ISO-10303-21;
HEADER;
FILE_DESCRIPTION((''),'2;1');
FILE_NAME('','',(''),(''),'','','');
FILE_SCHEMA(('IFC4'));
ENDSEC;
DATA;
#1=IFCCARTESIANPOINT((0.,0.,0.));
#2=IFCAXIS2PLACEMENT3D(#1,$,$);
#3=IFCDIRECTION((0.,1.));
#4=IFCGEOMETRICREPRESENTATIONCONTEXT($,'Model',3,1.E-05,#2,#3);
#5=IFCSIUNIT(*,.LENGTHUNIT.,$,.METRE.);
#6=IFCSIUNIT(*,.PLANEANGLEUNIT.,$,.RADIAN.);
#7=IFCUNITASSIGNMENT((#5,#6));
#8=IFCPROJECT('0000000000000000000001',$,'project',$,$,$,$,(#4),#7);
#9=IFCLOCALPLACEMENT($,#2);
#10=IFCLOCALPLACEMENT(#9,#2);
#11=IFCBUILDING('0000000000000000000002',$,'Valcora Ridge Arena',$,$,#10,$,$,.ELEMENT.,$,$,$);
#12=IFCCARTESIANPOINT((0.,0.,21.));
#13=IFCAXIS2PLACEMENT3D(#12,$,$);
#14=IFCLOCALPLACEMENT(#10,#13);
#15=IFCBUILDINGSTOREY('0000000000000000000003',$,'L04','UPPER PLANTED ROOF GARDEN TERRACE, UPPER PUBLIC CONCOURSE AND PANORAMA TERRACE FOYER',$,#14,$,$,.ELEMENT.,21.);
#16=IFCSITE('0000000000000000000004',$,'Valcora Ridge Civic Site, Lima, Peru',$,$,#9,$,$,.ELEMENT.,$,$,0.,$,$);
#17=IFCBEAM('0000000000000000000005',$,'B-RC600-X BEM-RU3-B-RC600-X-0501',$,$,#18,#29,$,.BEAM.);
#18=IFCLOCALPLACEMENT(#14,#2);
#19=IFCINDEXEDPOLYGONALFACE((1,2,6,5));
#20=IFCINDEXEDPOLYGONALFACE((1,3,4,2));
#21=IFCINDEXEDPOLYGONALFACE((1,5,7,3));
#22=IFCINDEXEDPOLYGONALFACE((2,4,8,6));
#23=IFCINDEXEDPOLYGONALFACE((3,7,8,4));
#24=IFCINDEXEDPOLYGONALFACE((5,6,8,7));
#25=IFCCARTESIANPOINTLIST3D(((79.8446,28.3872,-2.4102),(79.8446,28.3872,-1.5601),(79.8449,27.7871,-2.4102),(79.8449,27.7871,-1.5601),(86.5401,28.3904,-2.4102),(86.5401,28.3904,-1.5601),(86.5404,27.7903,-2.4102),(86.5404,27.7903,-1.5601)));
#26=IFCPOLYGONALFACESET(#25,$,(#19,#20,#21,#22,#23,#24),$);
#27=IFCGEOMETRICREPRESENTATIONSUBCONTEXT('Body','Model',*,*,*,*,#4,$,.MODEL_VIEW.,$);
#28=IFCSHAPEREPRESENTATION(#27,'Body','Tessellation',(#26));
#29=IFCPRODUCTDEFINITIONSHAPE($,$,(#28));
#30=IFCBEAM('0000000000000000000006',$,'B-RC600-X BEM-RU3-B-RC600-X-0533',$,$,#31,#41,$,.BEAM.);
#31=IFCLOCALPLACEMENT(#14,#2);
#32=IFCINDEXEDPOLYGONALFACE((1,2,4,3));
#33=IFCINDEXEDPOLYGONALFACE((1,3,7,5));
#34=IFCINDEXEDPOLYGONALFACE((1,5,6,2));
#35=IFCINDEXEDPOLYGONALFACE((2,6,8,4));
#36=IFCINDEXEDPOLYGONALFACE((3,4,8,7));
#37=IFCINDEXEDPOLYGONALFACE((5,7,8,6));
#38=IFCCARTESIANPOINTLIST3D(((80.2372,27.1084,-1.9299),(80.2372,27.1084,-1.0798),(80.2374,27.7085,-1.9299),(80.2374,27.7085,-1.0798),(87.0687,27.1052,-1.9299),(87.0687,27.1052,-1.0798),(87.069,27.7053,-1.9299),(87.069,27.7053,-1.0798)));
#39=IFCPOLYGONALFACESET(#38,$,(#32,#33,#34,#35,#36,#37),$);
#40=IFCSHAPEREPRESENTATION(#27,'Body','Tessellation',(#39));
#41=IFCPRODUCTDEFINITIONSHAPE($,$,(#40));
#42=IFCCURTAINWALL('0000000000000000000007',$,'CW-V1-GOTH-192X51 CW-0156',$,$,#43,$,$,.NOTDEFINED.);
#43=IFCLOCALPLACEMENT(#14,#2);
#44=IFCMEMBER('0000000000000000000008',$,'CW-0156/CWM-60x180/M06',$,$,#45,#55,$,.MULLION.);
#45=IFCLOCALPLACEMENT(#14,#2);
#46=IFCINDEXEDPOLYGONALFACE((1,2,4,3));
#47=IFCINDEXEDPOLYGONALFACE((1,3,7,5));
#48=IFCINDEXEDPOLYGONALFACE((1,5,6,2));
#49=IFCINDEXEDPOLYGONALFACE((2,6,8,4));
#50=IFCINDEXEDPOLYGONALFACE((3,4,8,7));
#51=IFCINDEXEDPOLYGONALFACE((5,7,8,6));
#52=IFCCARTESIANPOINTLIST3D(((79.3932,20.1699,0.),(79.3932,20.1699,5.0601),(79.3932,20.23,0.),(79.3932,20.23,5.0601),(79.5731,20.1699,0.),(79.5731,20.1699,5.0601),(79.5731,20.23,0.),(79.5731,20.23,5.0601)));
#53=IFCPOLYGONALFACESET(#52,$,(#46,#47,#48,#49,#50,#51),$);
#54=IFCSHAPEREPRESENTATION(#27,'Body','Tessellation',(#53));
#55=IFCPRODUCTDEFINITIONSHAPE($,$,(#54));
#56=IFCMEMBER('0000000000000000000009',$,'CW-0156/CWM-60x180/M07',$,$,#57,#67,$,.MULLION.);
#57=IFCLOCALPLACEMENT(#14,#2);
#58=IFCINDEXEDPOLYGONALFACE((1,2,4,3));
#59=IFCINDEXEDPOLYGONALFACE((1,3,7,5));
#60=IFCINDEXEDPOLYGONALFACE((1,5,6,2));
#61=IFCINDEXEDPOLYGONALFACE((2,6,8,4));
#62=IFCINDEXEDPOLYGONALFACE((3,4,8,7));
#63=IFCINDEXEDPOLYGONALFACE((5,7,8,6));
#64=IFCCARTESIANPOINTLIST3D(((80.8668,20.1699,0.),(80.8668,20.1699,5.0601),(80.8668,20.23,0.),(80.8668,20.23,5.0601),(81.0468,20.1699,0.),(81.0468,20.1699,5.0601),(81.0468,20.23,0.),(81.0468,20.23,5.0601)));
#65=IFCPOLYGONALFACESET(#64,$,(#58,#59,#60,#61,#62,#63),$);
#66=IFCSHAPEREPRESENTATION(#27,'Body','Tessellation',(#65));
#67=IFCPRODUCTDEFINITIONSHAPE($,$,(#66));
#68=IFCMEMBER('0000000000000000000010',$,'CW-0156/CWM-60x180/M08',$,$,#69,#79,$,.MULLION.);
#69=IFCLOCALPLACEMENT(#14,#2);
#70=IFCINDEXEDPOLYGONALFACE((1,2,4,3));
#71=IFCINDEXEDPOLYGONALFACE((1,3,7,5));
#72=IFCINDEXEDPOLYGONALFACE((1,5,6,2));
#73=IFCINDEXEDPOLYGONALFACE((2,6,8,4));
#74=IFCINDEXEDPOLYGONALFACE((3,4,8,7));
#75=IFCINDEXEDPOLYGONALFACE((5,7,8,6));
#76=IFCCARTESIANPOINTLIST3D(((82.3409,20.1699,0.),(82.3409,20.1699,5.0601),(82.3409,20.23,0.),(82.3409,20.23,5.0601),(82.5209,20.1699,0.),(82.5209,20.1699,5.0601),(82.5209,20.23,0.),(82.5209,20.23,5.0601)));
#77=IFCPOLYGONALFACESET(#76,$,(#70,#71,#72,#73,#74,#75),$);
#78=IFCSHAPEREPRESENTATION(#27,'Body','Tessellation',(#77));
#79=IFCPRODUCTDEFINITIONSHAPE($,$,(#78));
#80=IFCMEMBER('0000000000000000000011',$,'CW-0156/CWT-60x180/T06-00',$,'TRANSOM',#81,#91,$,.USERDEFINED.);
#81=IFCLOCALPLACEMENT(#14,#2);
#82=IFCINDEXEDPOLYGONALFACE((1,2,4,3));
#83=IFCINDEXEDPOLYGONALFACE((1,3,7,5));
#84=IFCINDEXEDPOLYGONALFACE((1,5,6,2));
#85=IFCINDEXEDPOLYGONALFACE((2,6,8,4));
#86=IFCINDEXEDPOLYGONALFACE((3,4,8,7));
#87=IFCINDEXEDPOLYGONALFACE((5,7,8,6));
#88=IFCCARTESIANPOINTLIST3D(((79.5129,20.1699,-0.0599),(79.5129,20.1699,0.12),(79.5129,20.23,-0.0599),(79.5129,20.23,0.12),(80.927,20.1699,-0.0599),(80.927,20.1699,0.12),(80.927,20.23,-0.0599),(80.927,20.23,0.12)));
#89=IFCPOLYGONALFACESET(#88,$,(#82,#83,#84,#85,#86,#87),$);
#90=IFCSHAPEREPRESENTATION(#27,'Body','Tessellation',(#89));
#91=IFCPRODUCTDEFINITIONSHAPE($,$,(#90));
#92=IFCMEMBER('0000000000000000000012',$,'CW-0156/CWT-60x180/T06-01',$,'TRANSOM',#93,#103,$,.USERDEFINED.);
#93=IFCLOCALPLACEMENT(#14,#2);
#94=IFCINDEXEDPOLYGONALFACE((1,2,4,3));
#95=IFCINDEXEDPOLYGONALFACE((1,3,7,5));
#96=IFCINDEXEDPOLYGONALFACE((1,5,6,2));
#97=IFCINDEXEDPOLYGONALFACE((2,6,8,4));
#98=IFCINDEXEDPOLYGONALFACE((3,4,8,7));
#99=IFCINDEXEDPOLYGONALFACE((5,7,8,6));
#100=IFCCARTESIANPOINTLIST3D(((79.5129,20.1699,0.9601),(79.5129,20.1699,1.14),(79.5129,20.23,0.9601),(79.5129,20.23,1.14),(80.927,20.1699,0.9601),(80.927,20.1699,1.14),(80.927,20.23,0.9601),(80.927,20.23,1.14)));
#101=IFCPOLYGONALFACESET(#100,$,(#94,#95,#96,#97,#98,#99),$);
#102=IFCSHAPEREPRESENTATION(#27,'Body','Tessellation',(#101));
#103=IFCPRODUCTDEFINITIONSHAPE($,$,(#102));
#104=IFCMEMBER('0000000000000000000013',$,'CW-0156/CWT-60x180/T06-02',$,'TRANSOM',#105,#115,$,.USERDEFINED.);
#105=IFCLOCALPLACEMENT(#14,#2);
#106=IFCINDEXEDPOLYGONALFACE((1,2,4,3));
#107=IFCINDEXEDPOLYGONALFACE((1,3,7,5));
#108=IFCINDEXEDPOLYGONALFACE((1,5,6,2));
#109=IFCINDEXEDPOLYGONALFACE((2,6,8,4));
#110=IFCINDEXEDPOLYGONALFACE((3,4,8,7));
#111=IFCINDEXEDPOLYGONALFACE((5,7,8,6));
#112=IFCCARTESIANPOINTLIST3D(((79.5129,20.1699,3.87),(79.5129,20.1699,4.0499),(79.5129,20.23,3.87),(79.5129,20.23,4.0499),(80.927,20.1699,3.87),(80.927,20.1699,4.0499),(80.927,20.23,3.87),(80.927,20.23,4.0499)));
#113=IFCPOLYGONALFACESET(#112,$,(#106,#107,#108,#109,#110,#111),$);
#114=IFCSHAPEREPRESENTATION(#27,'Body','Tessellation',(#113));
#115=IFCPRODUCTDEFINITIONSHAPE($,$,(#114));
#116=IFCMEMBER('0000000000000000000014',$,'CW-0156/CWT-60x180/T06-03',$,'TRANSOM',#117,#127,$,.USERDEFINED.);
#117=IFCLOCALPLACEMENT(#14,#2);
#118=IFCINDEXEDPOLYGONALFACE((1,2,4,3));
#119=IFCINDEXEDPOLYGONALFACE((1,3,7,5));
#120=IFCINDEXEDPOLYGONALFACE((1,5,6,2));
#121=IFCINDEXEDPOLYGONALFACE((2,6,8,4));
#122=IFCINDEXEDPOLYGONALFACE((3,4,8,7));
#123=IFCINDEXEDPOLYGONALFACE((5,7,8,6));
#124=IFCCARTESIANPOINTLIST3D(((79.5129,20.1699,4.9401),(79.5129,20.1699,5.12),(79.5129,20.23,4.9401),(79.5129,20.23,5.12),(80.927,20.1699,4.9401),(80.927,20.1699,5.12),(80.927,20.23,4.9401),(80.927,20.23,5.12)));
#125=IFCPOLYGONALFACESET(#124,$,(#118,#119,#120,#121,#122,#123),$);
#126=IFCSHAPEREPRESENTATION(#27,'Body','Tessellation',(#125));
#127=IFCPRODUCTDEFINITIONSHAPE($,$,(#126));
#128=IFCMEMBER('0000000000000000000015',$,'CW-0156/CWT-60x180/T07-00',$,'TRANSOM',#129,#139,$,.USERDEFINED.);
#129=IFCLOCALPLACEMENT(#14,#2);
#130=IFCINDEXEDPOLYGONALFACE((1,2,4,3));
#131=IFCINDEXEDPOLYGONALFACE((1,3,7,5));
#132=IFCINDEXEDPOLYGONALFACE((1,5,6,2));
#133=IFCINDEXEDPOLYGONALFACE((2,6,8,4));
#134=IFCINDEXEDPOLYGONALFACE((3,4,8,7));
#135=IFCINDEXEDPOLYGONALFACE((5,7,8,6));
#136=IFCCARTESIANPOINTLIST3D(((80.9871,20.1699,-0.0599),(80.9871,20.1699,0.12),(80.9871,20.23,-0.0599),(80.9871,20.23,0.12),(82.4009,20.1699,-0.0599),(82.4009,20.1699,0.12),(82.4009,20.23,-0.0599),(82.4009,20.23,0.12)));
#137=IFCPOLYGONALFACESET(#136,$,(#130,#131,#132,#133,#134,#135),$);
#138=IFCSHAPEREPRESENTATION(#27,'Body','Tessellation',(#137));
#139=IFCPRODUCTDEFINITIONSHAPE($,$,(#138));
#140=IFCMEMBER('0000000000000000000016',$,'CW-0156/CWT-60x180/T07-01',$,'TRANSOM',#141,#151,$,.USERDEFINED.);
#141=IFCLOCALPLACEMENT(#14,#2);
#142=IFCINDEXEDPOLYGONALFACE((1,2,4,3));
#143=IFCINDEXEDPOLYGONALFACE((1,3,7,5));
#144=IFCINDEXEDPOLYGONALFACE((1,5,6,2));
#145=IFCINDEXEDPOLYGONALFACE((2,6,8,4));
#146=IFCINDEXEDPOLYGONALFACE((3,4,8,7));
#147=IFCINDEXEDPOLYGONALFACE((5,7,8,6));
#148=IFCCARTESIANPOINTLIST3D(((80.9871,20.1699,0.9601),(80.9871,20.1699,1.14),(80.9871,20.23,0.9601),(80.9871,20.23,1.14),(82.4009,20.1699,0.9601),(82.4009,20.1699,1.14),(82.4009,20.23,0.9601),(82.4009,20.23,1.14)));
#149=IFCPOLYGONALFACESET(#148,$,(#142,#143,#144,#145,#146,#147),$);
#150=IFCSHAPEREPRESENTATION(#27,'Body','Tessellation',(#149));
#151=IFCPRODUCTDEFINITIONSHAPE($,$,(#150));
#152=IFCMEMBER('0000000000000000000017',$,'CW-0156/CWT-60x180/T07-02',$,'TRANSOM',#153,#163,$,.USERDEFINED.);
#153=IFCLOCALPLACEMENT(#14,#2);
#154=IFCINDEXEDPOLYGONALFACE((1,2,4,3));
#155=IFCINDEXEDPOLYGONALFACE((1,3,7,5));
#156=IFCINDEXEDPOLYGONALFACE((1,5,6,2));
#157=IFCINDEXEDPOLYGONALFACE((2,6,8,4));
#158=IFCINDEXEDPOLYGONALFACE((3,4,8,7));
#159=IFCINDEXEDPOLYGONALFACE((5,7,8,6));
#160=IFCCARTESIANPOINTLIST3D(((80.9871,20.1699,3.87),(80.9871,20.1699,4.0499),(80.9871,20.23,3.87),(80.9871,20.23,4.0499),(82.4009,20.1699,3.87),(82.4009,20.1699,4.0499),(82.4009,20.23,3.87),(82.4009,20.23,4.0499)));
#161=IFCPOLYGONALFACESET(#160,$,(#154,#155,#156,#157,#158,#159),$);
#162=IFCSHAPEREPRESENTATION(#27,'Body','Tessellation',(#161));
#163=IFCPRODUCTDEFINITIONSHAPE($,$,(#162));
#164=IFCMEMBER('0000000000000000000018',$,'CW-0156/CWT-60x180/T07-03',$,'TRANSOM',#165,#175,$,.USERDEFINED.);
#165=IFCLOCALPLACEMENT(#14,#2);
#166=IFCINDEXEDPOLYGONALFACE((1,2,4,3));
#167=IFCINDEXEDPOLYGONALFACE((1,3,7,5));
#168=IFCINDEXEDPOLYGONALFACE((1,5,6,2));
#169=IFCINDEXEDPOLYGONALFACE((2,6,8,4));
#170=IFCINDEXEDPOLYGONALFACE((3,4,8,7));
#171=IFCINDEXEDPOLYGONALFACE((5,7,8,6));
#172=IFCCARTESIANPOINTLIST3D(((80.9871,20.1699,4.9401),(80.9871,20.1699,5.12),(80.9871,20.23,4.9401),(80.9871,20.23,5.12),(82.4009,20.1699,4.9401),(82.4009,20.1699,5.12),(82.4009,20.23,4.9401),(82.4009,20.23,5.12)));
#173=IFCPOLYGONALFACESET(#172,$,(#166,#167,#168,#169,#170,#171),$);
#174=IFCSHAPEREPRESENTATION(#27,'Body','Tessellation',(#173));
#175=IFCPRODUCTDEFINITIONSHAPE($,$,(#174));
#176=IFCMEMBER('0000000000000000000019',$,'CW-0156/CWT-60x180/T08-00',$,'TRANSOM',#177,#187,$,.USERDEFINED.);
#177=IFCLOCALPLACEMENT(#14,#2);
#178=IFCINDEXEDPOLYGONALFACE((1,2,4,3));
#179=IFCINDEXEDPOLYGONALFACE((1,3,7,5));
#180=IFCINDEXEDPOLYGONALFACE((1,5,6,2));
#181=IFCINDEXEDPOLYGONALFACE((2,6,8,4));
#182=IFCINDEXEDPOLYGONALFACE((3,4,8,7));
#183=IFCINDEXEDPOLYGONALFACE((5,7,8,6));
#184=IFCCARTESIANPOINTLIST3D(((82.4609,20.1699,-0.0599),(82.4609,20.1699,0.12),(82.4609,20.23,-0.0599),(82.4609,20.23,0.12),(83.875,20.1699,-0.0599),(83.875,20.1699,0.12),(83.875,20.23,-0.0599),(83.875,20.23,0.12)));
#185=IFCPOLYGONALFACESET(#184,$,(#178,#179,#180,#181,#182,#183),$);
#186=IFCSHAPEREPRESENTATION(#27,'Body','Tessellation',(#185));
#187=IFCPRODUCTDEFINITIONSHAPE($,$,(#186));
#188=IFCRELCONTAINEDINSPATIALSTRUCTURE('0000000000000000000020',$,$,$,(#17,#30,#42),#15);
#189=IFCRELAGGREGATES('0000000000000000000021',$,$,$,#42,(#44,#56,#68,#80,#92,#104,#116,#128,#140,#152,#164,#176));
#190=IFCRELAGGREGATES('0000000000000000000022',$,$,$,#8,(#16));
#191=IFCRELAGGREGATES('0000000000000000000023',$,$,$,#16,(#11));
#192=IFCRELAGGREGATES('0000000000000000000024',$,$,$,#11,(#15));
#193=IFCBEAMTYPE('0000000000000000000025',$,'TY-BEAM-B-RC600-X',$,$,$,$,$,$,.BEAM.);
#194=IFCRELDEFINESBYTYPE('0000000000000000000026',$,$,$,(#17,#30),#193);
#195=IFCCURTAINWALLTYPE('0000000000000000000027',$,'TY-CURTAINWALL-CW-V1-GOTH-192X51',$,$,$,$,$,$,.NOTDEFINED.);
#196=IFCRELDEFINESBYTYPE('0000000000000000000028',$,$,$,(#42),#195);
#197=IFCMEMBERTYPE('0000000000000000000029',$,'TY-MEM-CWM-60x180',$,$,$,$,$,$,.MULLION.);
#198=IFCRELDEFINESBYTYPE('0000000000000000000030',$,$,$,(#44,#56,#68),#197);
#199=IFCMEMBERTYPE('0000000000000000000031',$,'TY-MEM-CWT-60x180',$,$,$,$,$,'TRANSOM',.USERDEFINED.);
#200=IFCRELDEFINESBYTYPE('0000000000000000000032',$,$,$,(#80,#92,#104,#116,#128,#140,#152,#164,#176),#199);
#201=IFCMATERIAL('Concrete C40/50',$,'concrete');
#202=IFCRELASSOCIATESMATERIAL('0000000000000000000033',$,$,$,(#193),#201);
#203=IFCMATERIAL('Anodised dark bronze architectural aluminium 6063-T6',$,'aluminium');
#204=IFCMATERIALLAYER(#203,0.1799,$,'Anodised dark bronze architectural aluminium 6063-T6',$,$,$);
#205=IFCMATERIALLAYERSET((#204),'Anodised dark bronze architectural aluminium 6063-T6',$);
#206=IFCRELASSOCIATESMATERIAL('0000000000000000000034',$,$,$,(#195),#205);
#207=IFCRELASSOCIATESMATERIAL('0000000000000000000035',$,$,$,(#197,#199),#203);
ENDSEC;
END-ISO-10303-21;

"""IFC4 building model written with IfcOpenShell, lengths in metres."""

from ifc_helpers import new_model, si_unit, direction, frame, origin, origin_2d, place, context, subcontext, project, spatial, rectangle, extrude, material, layer, layer_set, material_profile, profile_set, type_object, element, aggregate, save


model = new_model("IFC4")

# Units and contexts
model_context = context("Model", 3, precision=1e-05, world=origin(), true_north=direction((0.0, 1.0)))
body_context = subcontext(model_context, "Body", "Model", "MODEL_VIEW")
ifc_project = project(units=[si_unit("LENGTHUNIT", "METRE"), si_unit("PLANEANGLEUNIT", "RADIAN")], contexts=[model_context])

# Site, building, storey
site_placement = place(None, origin())
site = spatial("IfcSite", under=ifc_project, at=site_placement, Name="Valcora Ridge Civic Site, Lima, Peru", CompositionType="ELEMENT", RefElevation=0.0)
building_placement = place(site_placement, origin())
building = spatial("IfcBuilding", under=site, at=building_placement, Name="Valcora Ridge Arena", CompositionType="ELEMENT")
storey_placement = place(building_placement, frame((0.0, 0.0, 21.0)))
storey = spatial("IfcBuildingStorey", under=building, at=storey_placement, Name="L04", Description="UPPER PLANTED ROOF GARDEN TERRACE, UPPER PUBLIC CONCOURSE AND PANORAMA TERRACE FOYER", CompositionType="ELEMENT", Elevation=21.0)

# Beams
ifc_material_1 = material(Name="Concrete C40/50", Category="concrete")
ifc_material_profile_1 = material_profile(ifc_material_1, rectangle(XDim=0.6001, YDim=0.8501, at=origin_2d()), Name="RC 600x850")
ifc_profile_set_1 = profile_set([ifc_material_profile_1], Name="Concrete C40/50")
beam_type = type_object("IfcBeamType", Name="TY-BEAM-B-RC600-X", PredefinedType="BEAM", material=ifc_profile_set_1)
beam_1_placement = place(storey_placement, frame((79.8447, 28.0872, -1.9851), z_axis=(1.0, 0.000474, 0.0), x_axis=(-0.000474, 1.0, 0.0)))
element("IfcBeam", 1, at=beam_1_placement, inside=storey, type_object=beam_type, Name="B-RC600-X BEM-RU3-B-RC600-X-0501", PredefinedType="BEAM", context=body_context, shape_type="SweptSolid", body=[
    extrude(rectangle(XDim=0.6001, YDim=0.8501, at=origin_2d()), origin(), (0.0, 0.0, 1.0), 6.6956),
])
beam_2_placement = place(storey_placement, frame((80.2373, 27.4084, -1.5049), z_axis=(1.0, -0.000465, 0.0), x_axis=(0.000465, 1.0, 0.0)))
element("IfcBeam", 2, at=beam_2_placement, inside=storey, type_object=beam_type, Name="B-RC600-X BEM-RU3-B-RC600-X-0533", PredefinedType="BEAM", context=body_context, shape_type="SweptSolid", body=[
    extrude(rectangle(XDim=0.6001, YDim=0.8501, at=origin_2d()), origin(), (0.0, 0.0, 1.0), 6.8315),
])

# Curtain wall, members
ifc_material_2 = material(Name="Anodised dark bronze architectural aluminium 6063-T6", Category="aluminium")
ifc_layer_1 = layer(ifc_material_2, 0.1799, Name="Anodised dark bronze architectural aluminium 6063-T6")
ifc_layer_set_1 = layer_set([ifc_layer_1], Name="Anodised dark bronze architectural aluminium 6063-T6")
curtain_wall_type = type_object("IfcCurtainWallType", Name="TY-CURTAINWALL-CW-V1-GOTH-192X51", PredefinedType="NOTDEFINED", material=ifc_layer_set_1)
curtain_wall_placement = place(storey_placement, origin())
curtain_wall = element("IfcCurtainWall", 3, at=curtain_wall_placement, inside=storey, type_object=curtain_wall_type, Name="CW-V1-GOTH-192X51 CW-0156", PredefinedType="NOTDEFINED")
ifc_material_profile_2 = material_profile(ifc_material_2, rectangle(XDim=0.0601, YDim=0.1799, at=origin_2d()), Name="ALU MULLION 60x180")
ifc_profile_set_2 = profile_set([ifc_material_profile_2], Name="Anodised dark bronze architectural aluminium 6063-T6")
member_type_1 = type_object("IfcMemberType", Name="TY-MEM-CWM-60x180", PredefinedType="MULLION", material=ifc_profile_set_2)
member_1_placement = place(storey_placement, frame((79.4832, 20.2, 0.0), z_axis=(0.0, 0.0, 1.0), x_axis=(0.0, 1.0, 0.0)))
member_1 = element("IfcMember", 4, at=member_1_placement, type_object=member_type_1, Name="CW-0156/CWM-60x180/M06", PredefinedType="MULLION", context=body_context, shape_type="SweptSolid", body=[
    extrude(rectangle(XDim=0.0601, YDim=0.1799, at=origin_2d()), origin(), (0.0, 0.0, 1.0), 5.0601),
])
member_2_placement = place(storey_placement, frame((80.9568, 20.2, 0.0), z_axis=(0.0, 0.0, 1.0), x_axis=(0.0, 1.0, 0.0)))
member_2 = element("IfcMember", 5, at=member_2_placement, type_object=member_type_1, Name="CW-0156/CWM-60x180/M07", PredefinedType="MULLION", context=body_context, shape_type="SweptSolid", body=[
    extrude(rectangle(XDim=0.0601, YDim=0.1799, at=origin_2d()), origin(), (0.0, 0.0, 1.0), 5.0601),
])
member_3_placement = place(storey_placement, frame((82.4309, 20.2, 0.0), z_axis=(0.0, 0.0, 1.0), x_axis=(0.0, 1.0, 0.0)))
member_3 = element("IfcMember", 6, at=member_3_placement, type_object=member_type_1, Name="CW-0156/CWM-60x180/M08", PredefinedType="MULLION", context=body_context, shape_type="SweptSolid", body=[
    extrude(rectangle(XDim=0.0601, YDim=0.1799, at=origin_2d()), origin(), (0.0, 0.0, 1.0), 5.0601),
])
ifc_material_profile_3 = material_profile(ifc_material_2, rectangle(XDim=0.0601, YDim=0.1799, at=origin_2d()), Name="ALU TRANSOM 60x180")
ifc_profile_set_3 = profile_set([ifc_material_profile_3], Name="Anodised dark bronze architectural aluminium 6063-T6")
member_type_2 = type_object("IfcMemberType", Name="TY-MEM-CWT-60x180", ElementType="TRANSOM", PredefinedType="USERDEFINED", material=ifc_profile_set_3)
member_4_placement = place(storey_placement, frame((79.5129, 20.2, 0.03), z_axis=(1.0, 0.0, 0.0), x_axis=(0.0, 1.0, 0.0)))
member_4 = element("IfcMember", 7, at=member_4_placement, type_object=member_type_2, Name="CW-0156/CWT-60x180/T06-00", ObjectType="TRANSOM", PredefinedType="USERDEFINED", context=body_context, shape_type="SweptSolid", body=[
    extrude(rectangle(XDim=0.0601, YDim=0.1799, at=origin_2d()), origin(), (0.0, 0.0, 1.0), 1.4141),
])
member_5_placement = place(storey_placement, frame((79.5129, 20.2, 1.05), z_axis=(1.0, 0.0, 0.0), x_axis=(0.0, 1.0, 0.0)))
member_5 = element("IfcMember", 8, at=member_5_placement, type_object=member_type_2, Name="CW-0156/CWT-60x180/T06-01", ObjectType="TRANSOM", PredefinedType="USERDEFINED", context=body_context, shape_type="SweptSolid", body=[
    extrude(rectangle(XDim=0.0601, YDim=0.1799, at=origin_2d()), origin(), (0.0, 0.0, 1.0), 1.4141),
])
member_6_placement = place(storey_placement, frame((79.5129, 20.2, 3.96), z_axis=(1.0, 0.0, 0.0), x_axis=(0.0, 1.0, 0.0)))
member_6 = element("IfcMember", 9, at=member_6_placement, type_object=member_type_2, Name="CW-0156/CWT-60x180/T06-02", ObjectType="TRANSOM", PredefinedType="USERDEFINED", context=body_context, shape_type="SweptSolid", body=[
    extrude(rectangle(XDim=0.0601, YDim=0.1799, at=origin_2d()), origin(), (0.0, 0.0, 1.0), 1.4141),
])
member_7_placement = place(storey_placement, frame((79.5129, 20.2, 5.03), z_axis=(1.0, 0.0, 0.0), x_axis=(0.0, 1.0, 0.0)))
member_7 = element("IfcMember", 10, at=member_7_placement, type_object=member_type_2, Name="CW-0156/CWT-60x180/T06-03", ObjectType="TRANSOM", PredefinedType="USERDEFINED", context=body_context, shape_type="SweptSolid", body=[
    extrude(rectangle(XDim=0.0601, YDim=0.1799, at=origin_2d()), origin(), (0.0, 0.0, 1.0), 1.4141),
])
member_8_placement = place(storey_placement, frame((80.9871, 20.2, 0.03), z_axis=(1.0, 0.0, 0.0), x_axis=(0.0, 1.0, 0.0)))
member_8 = element("IfcMember", 11, at=member_8_placement, type_object=member_type_2, Name="CW-0156/CWT-60x180/T07-00", ObjectType="TRANSOM", PredefinedType="USERDEFINED", context=body_context, shape_type="SweptSolid", body=[
    extrude(rectangle(XDim=0.0601, YDim=0.1799, at=origin_2d()), origin(), (0.0, 0.0, 1.0), 1.4138),
])
member_9_placement = place(storey_placement, frame((80.9871, 20.2, 1.05), z_axis=(1.0, 0.0, 0.0), x_axis=(0.0, 1.0, 0.0)))
member_9 = element("IfcMember", 12, at=member_9_placement, type_object=member_type_2, Name="CW-0156/CWT-60x180/T07-01", ObjectType="TRANSOM", PredefinedType="USERDEFINED", context=body_context, shape_type="SweptSolid", body=[
    extrude(rectangle(XDim=0.0601, YDim=0.1799, at=origin_2d()), origin(), (0.0, 0.0, 1.0), 1.4138),
])
member_10_placement = place(storey_placement, frame((80.9871, 20.2, 3.96), z_axis=(1.0, 0.0, 0.0), x_axis=(0.0, 1.0, 0.0)))
member_10 = element("IfcMember", 13, at=member_10_placement, type_object=member_type_2, Name="CW-0156/CWT-60x180/T07-02", ObjectType="TRANSOM", PredefinedType="USERDEFINED", context=body_context, shape_type="SweptSolid", body=[
    extrude(rectangle(XDim=0.0601, YDim=0.1799, at=origin_2d()), origin(), (0.0, 0.0, 1.0), 1.4138),
])
member_11_placement = place(storey_placement, frame((80.9871, 20.2, 5.03), z_axis=(1.0, 0.0, 0.0), x_axis=(0.0, 1.0, 0.0)))
member_11 = element("IfcMember", 14, at=member_11_placement, type_object=member_type_2, Name="CW-0156/CWT-60x180/T07-03", ObjectType="TRANSOM", PredefinedType="USERDEFINED", context=body_context, shape_type="SweptSolid", body=[
    extrude(rectangle(XDim=0.0601, YDim=0.1799, at=origin_2d()), origin(), (0.0, 0.0, 1.0), 1.4138),
])
member_12_placement = place(storey_placement, frame((82.4609, 20.2, 0.03), z_axis=(1.0, 0.0, 0.0), x_axis=(0.0, 1.0, 0.0)))
member_12 = element("IfcMember", 15, at=member_12_placement, type_object=member_type_2, Name="CW-0156/CWT-60x180/T08-00", ObjectType="TRANSOM", PredefinedType="USERDEFINED", context=body_context, shape_type="SweptSolid", body=[
    extrude(rectangle(XDim=0.0601, YDim=0.1799, at=origin_2d()), origin(), (0.0, 0.0, 1.0), 1.4141),
])
aggregate(curtain_wall, [member_1, member_2, member_3, member_4, member_5, member_6, member_7, member_8, member_9, member_10, member_11, member_12])

save(model, "model.ifc")
